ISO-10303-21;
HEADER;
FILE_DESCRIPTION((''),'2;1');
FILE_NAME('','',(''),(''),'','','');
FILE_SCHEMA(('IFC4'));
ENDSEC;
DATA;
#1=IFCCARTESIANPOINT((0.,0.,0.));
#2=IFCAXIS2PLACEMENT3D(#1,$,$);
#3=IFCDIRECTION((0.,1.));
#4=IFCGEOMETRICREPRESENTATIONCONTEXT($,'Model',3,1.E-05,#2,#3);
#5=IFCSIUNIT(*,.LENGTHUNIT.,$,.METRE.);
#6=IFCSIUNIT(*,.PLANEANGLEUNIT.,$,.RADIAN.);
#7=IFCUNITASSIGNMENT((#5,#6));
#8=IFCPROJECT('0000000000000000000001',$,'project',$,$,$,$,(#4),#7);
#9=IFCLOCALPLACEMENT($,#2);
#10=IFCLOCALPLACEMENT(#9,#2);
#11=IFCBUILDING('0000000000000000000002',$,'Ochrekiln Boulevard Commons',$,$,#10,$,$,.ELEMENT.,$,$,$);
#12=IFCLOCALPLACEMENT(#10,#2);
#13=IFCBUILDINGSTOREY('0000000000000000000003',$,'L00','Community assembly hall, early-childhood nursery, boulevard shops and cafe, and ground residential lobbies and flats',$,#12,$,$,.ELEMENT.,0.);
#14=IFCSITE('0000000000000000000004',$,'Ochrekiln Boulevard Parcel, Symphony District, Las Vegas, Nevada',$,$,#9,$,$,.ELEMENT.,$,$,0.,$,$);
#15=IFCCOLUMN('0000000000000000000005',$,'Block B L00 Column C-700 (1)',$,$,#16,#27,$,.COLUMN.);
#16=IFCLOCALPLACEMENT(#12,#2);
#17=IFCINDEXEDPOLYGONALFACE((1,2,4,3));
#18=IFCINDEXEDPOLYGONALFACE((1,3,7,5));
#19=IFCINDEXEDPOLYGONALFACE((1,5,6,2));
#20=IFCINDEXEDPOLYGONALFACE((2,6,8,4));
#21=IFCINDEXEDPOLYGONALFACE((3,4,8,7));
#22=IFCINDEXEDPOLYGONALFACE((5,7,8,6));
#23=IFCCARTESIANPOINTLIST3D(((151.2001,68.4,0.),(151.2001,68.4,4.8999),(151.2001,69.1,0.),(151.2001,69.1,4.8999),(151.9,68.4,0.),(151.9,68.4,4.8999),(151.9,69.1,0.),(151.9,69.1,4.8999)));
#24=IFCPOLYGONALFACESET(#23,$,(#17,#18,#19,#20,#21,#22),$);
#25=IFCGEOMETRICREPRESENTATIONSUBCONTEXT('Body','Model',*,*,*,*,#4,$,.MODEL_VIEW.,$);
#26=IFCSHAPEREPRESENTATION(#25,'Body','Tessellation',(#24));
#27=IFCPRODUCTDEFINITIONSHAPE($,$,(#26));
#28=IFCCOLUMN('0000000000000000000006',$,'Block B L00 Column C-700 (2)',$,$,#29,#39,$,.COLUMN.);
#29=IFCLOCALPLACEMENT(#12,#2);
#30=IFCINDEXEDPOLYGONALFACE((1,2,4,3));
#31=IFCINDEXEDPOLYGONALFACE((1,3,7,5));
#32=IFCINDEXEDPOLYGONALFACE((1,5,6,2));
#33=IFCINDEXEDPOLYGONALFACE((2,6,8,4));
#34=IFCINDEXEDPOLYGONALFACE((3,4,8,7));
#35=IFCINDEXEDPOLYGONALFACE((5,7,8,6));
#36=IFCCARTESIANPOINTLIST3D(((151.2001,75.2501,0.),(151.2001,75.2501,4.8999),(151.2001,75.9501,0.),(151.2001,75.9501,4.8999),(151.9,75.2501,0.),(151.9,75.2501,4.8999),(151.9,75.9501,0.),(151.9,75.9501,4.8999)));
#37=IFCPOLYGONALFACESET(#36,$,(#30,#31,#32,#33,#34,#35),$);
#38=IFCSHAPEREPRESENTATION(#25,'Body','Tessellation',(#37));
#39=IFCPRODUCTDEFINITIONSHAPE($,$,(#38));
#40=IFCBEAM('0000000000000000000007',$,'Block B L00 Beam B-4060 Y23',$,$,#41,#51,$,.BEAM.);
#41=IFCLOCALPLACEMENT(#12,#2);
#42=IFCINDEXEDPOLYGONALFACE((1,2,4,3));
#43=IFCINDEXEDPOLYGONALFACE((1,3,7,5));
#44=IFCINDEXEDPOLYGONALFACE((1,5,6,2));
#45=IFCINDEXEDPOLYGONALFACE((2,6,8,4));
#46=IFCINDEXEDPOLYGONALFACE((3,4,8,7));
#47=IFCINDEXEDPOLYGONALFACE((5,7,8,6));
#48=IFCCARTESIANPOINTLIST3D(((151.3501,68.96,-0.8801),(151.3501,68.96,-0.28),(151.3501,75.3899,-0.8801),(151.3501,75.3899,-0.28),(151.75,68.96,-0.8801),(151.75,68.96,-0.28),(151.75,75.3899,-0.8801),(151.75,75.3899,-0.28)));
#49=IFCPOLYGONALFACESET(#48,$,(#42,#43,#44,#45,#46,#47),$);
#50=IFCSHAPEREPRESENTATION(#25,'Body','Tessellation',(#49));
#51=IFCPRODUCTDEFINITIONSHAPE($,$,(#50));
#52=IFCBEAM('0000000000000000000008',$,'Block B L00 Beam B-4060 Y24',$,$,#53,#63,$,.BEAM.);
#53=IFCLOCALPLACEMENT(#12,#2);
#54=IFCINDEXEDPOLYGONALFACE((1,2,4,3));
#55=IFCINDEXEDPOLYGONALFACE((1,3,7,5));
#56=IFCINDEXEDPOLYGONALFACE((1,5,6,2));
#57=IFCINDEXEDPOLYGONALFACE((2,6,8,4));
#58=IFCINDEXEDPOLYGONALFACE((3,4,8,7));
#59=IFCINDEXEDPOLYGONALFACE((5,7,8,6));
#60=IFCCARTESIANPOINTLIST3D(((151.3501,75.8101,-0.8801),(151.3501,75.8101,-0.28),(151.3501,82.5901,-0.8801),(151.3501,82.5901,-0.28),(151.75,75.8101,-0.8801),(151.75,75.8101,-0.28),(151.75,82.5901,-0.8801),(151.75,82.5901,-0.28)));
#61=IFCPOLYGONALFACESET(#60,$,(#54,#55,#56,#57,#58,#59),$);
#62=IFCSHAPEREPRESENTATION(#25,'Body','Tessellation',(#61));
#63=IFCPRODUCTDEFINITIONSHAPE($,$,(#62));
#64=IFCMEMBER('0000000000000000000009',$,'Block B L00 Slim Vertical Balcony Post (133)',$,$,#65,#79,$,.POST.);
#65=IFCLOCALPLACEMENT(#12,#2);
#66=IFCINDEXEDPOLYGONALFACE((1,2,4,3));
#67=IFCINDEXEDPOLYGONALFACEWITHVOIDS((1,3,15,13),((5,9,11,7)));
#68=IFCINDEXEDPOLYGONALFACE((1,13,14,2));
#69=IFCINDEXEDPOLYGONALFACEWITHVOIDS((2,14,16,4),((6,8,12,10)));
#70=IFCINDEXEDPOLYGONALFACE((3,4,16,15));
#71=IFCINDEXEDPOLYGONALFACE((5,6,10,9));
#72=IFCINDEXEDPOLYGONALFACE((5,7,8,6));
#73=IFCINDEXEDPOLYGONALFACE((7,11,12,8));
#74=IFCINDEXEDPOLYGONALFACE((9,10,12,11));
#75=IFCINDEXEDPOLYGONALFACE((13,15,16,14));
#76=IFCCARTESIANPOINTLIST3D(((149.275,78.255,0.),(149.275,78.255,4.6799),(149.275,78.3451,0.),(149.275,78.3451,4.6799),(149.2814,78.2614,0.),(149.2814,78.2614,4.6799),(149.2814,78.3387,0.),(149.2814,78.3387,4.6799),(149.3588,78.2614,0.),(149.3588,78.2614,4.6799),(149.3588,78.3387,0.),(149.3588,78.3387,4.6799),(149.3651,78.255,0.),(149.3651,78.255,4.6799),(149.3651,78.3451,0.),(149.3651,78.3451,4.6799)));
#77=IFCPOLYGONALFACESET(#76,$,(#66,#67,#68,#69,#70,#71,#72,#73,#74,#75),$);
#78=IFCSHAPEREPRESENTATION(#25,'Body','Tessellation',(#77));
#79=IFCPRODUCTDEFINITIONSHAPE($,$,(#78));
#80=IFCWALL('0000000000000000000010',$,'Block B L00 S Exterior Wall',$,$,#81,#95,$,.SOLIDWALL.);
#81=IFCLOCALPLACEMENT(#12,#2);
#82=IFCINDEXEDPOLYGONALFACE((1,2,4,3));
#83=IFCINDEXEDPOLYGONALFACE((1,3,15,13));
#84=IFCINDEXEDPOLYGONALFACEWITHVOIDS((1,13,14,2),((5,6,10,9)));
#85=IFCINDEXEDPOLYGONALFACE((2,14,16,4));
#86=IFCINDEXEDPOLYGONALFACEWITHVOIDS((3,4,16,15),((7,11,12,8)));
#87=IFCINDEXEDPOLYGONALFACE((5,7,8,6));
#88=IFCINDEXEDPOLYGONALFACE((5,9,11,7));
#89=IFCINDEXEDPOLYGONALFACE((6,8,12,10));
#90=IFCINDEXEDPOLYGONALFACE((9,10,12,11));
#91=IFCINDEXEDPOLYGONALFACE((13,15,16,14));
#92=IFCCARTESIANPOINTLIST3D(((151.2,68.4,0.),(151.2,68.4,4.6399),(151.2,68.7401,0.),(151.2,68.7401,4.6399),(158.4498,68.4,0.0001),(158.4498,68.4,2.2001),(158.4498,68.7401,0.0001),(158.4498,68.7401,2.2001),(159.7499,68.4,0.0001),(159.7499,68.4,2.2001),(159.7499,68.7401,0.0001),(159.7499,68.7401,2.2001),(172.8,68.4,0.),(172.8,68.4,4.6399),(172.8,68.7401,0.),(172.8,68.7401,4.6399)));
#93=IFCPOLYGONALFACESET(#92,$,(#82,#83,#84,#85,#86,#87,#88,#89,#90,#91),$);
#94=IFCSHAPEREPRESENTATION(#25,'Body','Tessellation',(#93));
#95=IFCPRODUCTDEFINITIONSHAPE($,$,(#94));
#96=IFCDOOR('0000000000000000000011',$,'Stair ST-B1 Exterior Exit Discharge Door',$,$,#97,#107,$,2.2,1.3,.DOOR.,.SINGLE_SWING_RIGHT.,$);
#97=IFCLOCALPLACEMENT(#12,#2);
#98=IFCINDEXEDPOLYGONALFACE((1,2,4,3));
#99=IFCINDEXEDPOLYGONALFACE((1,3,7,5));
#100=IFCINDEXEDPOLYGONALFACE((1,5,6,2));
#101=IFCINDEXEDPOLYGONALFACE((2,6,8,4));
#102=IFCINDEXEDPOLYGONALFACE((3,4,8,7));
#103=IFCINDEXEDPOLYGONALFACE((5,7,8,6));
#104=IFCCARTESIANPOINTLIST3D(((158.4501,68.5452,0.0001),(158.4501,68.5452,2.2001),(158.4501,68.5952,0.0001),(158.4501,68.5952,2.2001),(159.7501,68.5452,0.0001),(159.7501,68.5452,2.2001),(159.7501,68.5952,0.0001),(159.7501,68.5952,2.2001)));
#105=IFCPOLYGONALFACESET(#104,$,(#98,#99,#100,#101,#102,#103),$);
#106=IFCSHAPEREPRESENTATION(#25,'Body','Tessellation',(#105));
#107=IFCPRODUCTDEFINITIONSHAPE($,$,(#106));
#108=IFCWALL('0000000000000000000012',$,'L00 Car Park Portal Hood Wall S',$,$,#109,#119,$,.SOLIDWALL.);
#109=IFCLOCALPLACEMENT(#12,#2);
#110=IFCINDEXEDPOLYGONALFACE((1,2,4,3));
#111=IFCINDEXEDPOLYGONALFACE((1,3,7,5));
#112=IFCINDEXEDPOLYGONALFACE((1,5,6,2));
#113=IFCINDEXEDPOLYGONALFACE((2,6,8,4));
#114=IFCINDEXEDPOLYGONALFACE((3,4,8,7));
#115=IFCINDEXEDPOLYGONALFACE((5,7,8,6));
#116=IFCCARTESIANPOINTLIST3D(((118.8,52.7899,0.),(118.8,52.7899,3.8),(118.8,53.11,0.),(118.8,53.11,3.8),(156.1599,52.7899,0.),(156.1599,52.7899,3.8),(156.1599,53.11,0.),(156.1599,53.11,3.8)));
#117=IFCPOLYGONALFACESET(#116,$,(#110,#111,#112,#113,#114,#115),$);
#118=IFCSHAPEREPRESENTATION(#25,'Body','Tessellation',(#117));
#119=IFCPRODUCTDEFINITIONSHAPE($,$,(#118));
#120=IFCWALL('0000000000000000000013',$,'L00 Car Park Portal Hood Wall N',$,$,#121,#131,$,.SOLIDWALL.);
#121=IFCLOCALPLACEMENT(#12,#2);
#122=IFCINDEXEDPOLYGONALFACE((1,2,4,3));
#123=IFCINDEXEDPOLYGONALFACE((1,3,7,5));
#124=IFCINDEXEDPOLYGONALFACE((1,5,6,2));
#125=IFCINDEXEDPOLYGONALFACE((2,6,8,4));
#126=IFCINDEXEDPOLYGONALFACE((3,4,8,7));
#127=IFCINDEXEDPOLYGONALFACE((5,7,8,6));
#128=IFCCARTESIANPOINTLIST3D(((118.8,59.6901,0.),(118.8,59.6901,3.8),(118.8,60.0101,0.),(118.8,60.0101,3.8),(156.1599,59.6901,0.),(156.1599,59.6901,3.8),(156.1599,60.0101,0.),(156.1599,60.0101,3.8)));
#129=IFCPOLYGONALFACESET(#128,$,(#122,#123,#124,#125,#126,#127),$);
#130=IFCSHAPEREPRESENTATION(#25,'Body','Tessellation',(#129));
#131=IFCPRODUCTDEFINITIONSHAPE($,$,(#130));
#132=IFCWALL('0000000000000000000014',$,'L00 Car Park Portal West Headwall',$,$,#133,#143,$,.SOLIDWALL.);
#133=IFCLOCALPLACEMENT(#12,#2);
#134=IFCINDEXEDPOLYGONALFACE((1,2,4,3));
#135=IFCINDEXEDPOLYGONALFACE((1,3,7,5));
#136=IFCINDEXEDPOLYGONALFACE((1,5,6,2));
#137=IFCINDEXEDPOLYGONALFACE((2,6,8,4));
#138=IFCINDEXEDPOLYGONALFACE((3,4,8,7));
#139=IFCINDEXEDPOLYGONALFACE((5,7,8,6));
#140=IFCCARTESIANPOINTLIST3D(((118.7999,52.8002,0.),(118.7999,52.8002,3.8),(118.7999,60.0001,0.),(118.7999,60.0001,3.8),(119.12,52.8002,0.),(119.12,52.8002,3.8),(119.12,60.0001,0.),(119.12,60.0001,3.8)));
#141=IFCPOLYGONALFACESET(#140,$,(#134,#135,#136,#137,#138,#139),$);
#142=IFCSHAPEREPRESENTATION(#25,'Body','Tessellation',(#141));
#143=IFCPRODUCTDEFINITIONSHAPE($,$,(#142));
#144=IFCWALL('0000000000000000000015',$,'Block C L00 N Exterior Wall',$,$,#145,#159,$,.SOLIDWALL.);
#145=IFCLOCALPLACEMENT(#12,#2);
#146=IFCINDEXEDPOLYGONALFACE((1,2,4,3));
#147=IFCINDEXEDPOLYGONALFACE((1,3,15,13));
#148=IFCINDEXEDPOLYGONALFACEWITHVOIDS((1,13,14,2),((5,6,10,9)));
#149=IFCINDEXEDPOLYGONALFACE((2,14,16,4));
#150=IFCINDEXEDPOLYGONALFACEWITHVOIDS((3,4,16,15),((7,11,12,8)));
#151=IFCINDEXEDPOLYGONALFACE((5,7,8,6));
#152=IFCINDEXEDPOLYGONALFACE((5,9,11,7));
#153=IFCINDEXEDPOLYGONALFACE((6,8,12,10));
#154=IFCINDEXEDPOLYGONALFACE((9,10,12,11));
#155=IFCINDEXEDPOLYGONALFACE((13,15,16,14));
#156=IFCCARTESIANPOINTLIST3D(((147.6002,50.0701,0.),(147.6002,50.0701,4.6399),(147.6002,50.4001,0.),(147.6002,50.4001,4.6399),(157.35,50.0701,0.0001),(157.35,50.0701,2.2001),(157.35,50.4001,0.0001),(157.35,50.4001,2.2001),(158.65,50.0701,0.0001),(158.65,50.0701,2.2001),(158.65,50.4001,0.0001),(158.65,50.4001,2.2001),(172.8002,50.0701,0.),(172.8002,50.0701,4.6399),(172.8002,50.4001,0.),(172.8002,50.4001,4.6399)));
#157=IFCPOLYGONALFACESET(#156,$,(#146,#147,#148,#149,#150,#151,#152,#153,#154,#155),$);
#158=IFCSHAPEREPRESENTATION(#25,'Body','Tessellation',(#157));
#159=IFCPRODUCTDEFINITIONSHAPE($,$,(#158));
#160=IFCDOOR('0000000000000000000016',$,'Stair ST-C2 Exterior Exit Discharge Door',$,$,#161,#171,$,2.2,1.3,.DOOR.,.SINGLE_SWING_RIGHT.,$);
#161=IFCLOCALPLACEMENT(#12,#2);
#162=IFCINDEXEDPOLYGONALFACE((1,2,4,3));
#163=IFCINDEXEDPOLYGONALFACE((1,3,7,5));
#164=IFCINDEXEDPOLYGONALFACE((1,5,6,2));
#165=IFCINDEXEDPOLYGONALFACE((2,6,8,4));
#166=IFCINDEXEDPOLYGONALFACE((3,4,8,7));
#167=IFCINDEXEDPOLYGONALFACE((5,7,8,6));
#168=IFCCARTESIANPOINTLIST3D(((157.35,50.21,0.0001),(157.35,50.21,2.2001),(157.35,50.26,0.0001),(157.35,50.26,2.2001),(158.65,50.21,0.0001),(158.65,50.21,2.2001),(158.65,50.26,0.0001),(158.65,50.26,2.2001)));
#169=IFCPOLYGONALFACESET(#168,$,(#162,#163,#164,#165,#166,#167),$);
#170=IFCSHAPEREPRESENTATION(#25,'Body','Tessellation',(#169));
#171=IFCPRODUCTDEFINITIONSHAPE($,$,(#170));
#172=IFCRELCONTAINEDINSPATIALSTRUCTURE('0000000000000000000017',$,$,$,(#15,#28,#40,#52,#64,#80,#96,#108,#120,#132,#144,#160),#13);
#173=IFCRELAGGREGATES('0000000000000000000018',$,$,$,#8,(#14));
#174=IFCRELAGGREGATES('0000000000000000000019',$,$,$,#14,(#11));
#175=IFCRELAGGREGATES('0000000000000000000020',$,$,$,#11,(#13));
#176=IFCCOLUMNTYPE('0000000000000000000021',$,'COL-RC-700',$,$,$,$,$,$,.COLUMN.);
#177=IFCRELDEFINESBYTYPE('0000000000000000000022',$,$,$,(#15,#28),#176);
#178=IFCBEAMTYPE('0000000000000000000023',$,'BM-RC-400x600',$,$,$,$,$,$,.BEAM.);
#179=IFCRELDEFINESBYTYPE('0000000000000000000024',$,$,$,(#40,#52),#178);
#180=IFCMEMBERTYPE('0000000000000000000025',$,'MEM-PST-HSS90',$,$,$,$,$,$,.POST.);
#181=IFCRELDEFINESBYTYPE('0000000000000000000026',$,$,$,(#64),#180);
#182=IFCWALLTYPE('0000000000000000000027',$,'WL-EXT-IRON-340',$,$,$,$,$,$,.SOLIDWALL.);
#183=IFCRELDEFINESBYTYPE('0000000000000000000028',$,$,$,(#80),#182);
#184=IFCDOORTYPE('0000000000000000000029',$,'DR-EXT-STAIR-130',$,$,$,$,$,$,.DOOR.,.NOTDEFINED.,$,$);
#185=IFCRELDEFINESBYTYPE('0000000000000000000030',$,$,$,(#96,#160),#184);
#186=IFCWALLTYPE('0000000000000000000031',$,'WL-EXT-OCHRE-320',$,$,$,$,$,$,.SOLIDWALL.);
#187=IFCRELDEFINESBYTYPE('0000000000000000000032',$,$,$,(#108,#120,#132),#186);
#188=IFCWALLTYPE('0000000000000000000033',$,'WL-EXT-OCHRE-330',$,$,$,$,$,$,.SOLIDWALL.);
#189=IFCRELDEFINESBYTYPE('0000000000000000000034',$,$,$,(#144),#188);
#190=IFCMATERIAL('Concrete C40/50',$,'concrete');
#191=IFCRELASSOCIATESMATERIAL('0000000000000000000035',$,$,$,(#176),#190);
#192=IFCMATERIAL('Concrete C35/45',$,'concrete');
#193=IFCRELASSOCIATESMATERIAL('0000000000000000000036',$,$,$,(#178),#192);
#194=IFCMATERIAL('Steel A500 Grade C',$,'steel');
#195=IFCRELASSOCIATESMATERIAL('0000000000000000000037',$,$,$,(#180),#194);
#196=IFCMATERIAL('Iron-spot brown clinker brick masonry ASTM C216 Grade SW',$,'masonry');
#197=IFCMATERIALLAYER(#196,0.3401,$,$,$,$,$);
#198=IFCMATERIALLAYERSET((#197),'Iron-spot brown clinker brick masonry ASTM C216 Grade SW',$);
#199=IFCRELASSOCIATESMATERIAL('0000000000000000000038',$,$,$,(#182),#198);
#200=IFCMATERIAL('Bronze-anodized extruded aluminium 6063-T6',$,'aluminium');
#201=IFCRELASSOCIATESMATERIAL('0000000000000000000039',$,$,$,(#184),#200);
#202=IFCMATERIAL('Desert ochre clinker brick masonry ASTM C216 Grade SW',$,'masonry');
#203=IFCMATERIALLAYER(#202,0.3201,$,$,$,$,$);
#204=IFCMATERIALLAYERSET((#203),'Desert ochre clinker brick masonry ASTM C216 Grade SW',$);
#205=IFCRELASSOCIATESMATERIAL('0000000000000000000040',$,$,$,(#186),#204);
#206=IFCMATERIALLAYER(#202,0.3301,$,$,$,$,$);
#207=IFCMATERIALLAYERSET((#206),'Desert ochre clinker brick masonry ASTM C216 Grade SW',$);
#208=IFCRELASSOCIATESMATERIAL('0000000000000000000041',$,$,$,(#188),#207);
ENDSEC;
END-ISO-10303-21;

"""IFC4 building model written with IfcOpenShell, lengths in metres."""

from ifc_helpers import new_model, si_unit, direction, frame, frame_2d, origin, origin_2d, place, context, subcontext, project, spatial, rectangle, hollow_rectangle, extrude, material, layer, layer_set, material_profile, profile_set, type_object, element, fill, save


model = new_model("IFC4")

# Units and contexts
model_context = context("Model", 3, precision=1e-05, world=origin(), true_north=direction((0.0, 1.0)))
body_context = subcontext(model_context, "Body", "Model", "MODEL_VIEW")
ifc_project = project(units=[si_unit("LENGTHUNIT", "METRE"), si_unit("PLANEANGLEUNIT", "RADIAN")], contexts=[model_context])

# Site, building, storey
site_placement = place(None, origin())
site = spatial("IfcSite", under=ifc_project, at=site_placement, Name="Ochrekiln Boulevard Parcel, Symphony District, Las Vegas, Nevada", CompositionType="ELEMENT", RefElevation=0.0)
building_placement = place(site_placement, origin())
building = spatial("IfcBuilding", under=site, at=building_placement, Name="Ochrekiln Boulevard Commons", CompositionType="ELEMENT")
storey_placement = place(building_placement, origin())
storey = spatial("IfcBuildingStorey", under=building, at=storey_placement, Name="L00", Description="Community assembly hall, early-childhood nursery, boulevard shops and cafe, and ground residential lobbies and flats", CompositionType="ELEMENT", Elevation=0.0)

# Columns
ifc_material_1 = material(Name="Concrete C40/50", Category="concrete")
ifc_material_profile_1 = material_profile(ifc_material_1, rectangle(XDim=0.7, YDim=0.7, at=origin_2d()), Name="RC-COL-700x700")
ifc_profile_set_1 = profile_set([ifc_material_profile_1], Name="Concrete C40/50")
column_type = type_object("IfcColumnType", Name="COL-RC-700", PredefinedType="COLUMN", material=ifc_profile_set_1)
for number, where, z_axis, x_axis, name in (
    (1, (151.55, 68.75, 0.0), (0.0, 0.0, 1.0), (1.0, 0.0, 0.0), "Block B L00 Column C-700 (1)"),
    (2, (151.55, 75.6001, 0.0), (0.0, 0.0, 1.0), (1.0, 0.0, 0.0), "Block B L00 Column C-700 (2)"),
):
    element("IfcColumn", number, at=place(storey_placement, frame(where, z_axis=z_axis, x_axis=x_axis)), inside=storey, type_object=column_type, Name=name, PredefinedType="COLUMN", context=body_context, shape_type="SweptSolid", body=[
        extrude(rectangle(XDim=0.7, YDim=0.7, at=origin_2d()), origin(), (0.0, 0.0, 1.0), 4.8999),
    ])

# Beams
ifc_material_2 = material(Name="Concrete C35/45", Category="concrete")
ifc_material_profile_2 = material_profile(ifc_material_2, rectangle(XDim=0.3999, YDim=0.6001, at=origin_2d()), Name="RC-BM-400x600")
ifc_profile_set_2 = profile_set([ifc_material_profile_2], Name="Concrete C35/45")
beam_type = type_object("IfcBeamType", Name="BM-RC-400x600", PredefinedType="BEAM", material=ifc_profile_set_2)
beam_1_placement = place(storey_placement, frame((151.55, 68.96, -0.5801), z_axis=(0.0, 1.0, 0.0), x_axis=(-1.0, 0.0, 0.0)))
element("IfcBeam", 3, at=beam_1_placement, inside=storey, type_object=beam_type, Name="Block B L00 Beam B-4060 Y23", PredefinedType="BEAM", context=body_context, shape_type="SweptSolid", body=[
    extrude(rectangle(XDim=0.3999, YDim=0.6001, at=origin_2d()), origin(), (0.0, 0.0, 1.0), 6.4299),
])
beam_2_placement = place(storey_placement, frame((151.55, 75.8101, -0.5801), z_axis=(0.0, 1.0, 0.0), x_axis=(-1.0, 0.0, 0.0)))
element("IfcBeam", 4, at=beam_2_placement, inside=storey, type_object=beam_type, Name="Block B L00 Beam B-4060 Y24", PredefinedType="BEAM", context=body_context, shape_type="SweptSolid", body=[
    extrude(rectangle(XDim=0.3999, YDim=0.6001, at=origin_2d()), origin(), (0.0, 0.0, 1.0), 6.78),
])

# Member
ifc_material_3 = material(Name="Steel A500 Grade C", Category="steel")
ifc_material_profile_3 = material_profile(ifc_material_3, hollow_rectangle(XDim=0.0901, YDim=0.0901, WallThickness=0.0063, at=origin_2d()), Name="HSS90X90X6.4")
ifc_profile_set_3 = profile_set([ifc_material_profile_3], Name="Steel A500 Grade C")
member_type = type_object("IfcMemberType", Name="MEM-PST-HSS90", PredefinedType="POST", material=ifc_profile_set_3)
member_placement = place(storey_placement, frame((149.3201, 78.3, 0.0), z_axis=(0.0, 0.0, 1.0), x_axis=(1.0, 0.0, 0.0)))
element("IfcMember", 5, at=member_placement, inside=storey, type_object=member_type, Name="Block B L00 Slim Vertical Balcony Post (133)", PredefinedType="POST", context=body_context, shape_type="SweptSolid", body=[
    extrude(hollow_rectangle(XDim=0.0901, YDim=0.0901, WallThickness=0.0063, at=origin_2d()), origin(), (0.0, 0.0, 1.0), 4.6799),
])

# Wall, opening, door
ifc_material_4 = material(Name="Iron-spot brown clinker brick masonry ASTM C216 Grade SW", Category="masonry")
ifc_layer_1 = layer(ifc_material_4, 0.3401)
ifc_layer_set_1 = layer_set([ifc_layer_1], Name="Iron-spot brown clinker brick masonry ASTM C216 Grade SW")
wall_type_1 = type_object("IfcWallType", Name="WL-EXT-IRON-340", PredefinedType="SOLIDWALL", material=ifc_layer_set_1)
wall_1_placement = place(storey_placement, frame((151.2, 68.5701, 0.0), z_axis=(0.0, 0.0, 1.0), x_axis=(1.0, 0.0, 0.0)))
wall_1 = element("IfcWall", 6, at=wall_1_placement, inside=storey, type_object=wall_type_1, Name="Block B L00 S Exterior Wall", PredefinedType="SOLIDWALL", context=body_context, shape_type="SweptSolid", body=[
    extrude(rectangle(XDim=21.6001, YDim=0.3401, at=frame_2d((10.8, 0.0))), origin(), (0.0, 0.0, 1.0), 4.6399),
])
opening_1_placement = place(wall_1_placement, frame((7.25, 0.0, 0.0)))
opening_1 = element("IfcOpeningElement", 7, at=opening_1_placement, cuts=wall_1, PredefinedType="OPENING", context=body_context, shape_type="SweptSolid", body=[
    extrude(rectangle(XDim=1.3, YDim=2.2, at=frame_2d((0.6499, 1.1001))), frame((0.0, 0.1799, 0.0), z_axis=(0.0, -1.0, 0.0), x_axis=(1.0, 0.0, 0.0)), (0.0, 0.0, 1.0), 0.3601),
])
ifc_material_5 = material(Name="Bronze-anodized extruded aluminium 6063-T6", Category="aluminium")
door_type = type_object("IfcDoorType", Name="DR-EXT-STAIR-130", OperationType="NOTDEFINED", PredefinedType="DOOR", material=ifc_material_5)
door_1_placement = place(opening_1_placement, frame((1.3, 0.0, 0.0), z_axis=(0.0, 0.0, 1.0), x_axis=(-1.0, 0.0, 0.0)))
door_1 = element("IfcDoor", 8, at=door_1_placement, inside=storey, type_object=door_type, Name="Stair ST-B1 Exterior Exit Discharge Door", OperationType="SINGLE_SWING_RIGHT", OverallHeight=2.2, OverallWidth=1.3, PredefinedType="DOOR", context=body_context, shape_type="SweptSolid", body=[
    extrude(rectangle(XDim=1.3, YDim=2.2, at=frame_2d((0.6499, 1.1001))), frame((0.0, 0.0249, 0.0), z_axis=(0.0, -1.0, 0.0), x_axis=(1.0, 0.0, 0.0)), (0.0, 0.0, 1.0), 0.05),
])
fill(opening_1, door_1)

# Walls
ifc_material_6 = material(Name="Desert ochre clinker brick masonry ASTM C216 Grade SW", Category="masonry")
ifc_layer_2 = layer(ifc_material_6, 0.3201)
ifc_layer_set_2 = layer_set([ifc_layer_2], Name="Desert ochre clinker brick masonry ASTM C216 Grade SW")
wall_type_2 = type_object("IfcWallType", Name="WL-EXT-OCHRE-320", PredefinedType="SOLIDWALL", material=ifc_layer_set_2)
for number, where, z_axis, x_axis, name in (
    (9, (118.8, 52.95, 0.0), (0.0, 0.0, 1.0), (1.0, 0.0, 0.0), "L00 Car Park Portal Hood Wall S"),
    (10, (118.8, 59.8501, 0.0), (0.0, 0.0, 1.0), (1.0, 0.0, 0.0), "L00 Car Park Portal Hood Wall N"),
):
    element("IfcWall", number, at=place(storey_placement, frame(where, z_axis=z_axis, x_axis=x_axis)), inside=storey, type_object=wall_type_2, Name=name, PredefinedType="SOLIDWALL", context=body_context, shape_type="SweptSolid", body=[
        extrude(rectangle(XDim=37.3599, YDim=0.3201, at=frame_2d((18.6799, 0.0))), origin(), (0.0, 0.0, 1.0), 3.8),
    ])
wall_2_placement = place(storey_placement, frame((118.96, 52.8, 0.0), z_axis=(0.0, 0.0, 1.0), x_axis=(0.0, 1.0, 0.0)))
element("IfcWall", 11, at=wall_2_placement, inside=storey, type_object=wall_type_2, Name="L00 Car Park Portal West Headwall", PredefinedType="SOLIDWALL", context=body_context, shape_type="SweptSolid", body=[
    extrude(rectangle(XDim=7.2, YDim=0.3201, at=frame_2d((3.6001, 0.0))), origin(), (0.0, 0.0, 1.0), 3.8),
])

# Wall, opening, door
ifc_layer_3 = layer(ifc_material_6, 0.3301)
ifc_layer_set_3 = layer_set([ifc_layer_3], Name="Desert ochre clinker brick masonry ASTM C216 Grade SW")
wall_type_3 = type_object("IfcWallType", Name="WL-EXT-OCHRE-330", PredefinedType="SOLIDWALL", material=ifc_layer_set_3)
wall_3_placement = place(storey_placement, frame((147.6001, 50.2351, 0.0), z_axis=(0.0, 0.0, 1.0), x_axis=(1.0, 0.0, 0.0)))
wall_3 = element("IfcWall", 12, at=wall_3_placement, inside=storey, type_object=wall_type_3, Name="Block C L00 N Exterior Wall", PredefinedType="SOLIDWALL", context=body_context, shape_type="SweptSolid", body=[
    extrude(rectangle(XDim=25.2, YDim=0.3301, at=frame_2d((12.6001, 0.0))), origin(), (0.0, 0.0, 1.0), 4.6399),
])
opening_2_placement = place(wall_3_placement, frame((9.75, 0.0, 0.0)))
opening_2 = element("IfcOpeningElement", 13, at=opening_2_placement, cuts=wall_3, PredefinedType="OPENING", context=body_context, shape_type="SweptSolid", body=[
    extrude(rectangle(XDim=1.3, YDim=2.2, at=frame_2d((0.6499, 1.1001))), frame((0.0, 0.175, 0.0), z_axis=(0.0, -1.0, 0.0), x_axis=(1.0, 0.0, 0.0)), (0.0, 0.0, 1.0), 0.3501),
])
door_2_placement = place(opening_2_placement, origin())
door_2 = element("IfcDoor", 14, at=door_2_placement, inside=storey, type_object=door_type, Name="Stair ST-C2 Exterior Exit Discharge Door", OperationType="SINGLE_SWING_RIGHT", OverallHeight=2.2, OverallWidth=1.3, PredefinedType="DOOR", context=body_context, shape_type="SweptSolid", body=[
    extrude(rectangle(XDim=1.3, YDim=2.2, at=frame_2d((0.6499, 1.1001))), frame((0.0, 0.0249, 0.0), z_axis=(0.0, -1.0, 0.0), x_axis=(1.0, 0.0, 0.0)), (0.0, 0.0, 1.0), 0.05),
])
fill(opening_2, door_2)

save(model, "model.ifc")
